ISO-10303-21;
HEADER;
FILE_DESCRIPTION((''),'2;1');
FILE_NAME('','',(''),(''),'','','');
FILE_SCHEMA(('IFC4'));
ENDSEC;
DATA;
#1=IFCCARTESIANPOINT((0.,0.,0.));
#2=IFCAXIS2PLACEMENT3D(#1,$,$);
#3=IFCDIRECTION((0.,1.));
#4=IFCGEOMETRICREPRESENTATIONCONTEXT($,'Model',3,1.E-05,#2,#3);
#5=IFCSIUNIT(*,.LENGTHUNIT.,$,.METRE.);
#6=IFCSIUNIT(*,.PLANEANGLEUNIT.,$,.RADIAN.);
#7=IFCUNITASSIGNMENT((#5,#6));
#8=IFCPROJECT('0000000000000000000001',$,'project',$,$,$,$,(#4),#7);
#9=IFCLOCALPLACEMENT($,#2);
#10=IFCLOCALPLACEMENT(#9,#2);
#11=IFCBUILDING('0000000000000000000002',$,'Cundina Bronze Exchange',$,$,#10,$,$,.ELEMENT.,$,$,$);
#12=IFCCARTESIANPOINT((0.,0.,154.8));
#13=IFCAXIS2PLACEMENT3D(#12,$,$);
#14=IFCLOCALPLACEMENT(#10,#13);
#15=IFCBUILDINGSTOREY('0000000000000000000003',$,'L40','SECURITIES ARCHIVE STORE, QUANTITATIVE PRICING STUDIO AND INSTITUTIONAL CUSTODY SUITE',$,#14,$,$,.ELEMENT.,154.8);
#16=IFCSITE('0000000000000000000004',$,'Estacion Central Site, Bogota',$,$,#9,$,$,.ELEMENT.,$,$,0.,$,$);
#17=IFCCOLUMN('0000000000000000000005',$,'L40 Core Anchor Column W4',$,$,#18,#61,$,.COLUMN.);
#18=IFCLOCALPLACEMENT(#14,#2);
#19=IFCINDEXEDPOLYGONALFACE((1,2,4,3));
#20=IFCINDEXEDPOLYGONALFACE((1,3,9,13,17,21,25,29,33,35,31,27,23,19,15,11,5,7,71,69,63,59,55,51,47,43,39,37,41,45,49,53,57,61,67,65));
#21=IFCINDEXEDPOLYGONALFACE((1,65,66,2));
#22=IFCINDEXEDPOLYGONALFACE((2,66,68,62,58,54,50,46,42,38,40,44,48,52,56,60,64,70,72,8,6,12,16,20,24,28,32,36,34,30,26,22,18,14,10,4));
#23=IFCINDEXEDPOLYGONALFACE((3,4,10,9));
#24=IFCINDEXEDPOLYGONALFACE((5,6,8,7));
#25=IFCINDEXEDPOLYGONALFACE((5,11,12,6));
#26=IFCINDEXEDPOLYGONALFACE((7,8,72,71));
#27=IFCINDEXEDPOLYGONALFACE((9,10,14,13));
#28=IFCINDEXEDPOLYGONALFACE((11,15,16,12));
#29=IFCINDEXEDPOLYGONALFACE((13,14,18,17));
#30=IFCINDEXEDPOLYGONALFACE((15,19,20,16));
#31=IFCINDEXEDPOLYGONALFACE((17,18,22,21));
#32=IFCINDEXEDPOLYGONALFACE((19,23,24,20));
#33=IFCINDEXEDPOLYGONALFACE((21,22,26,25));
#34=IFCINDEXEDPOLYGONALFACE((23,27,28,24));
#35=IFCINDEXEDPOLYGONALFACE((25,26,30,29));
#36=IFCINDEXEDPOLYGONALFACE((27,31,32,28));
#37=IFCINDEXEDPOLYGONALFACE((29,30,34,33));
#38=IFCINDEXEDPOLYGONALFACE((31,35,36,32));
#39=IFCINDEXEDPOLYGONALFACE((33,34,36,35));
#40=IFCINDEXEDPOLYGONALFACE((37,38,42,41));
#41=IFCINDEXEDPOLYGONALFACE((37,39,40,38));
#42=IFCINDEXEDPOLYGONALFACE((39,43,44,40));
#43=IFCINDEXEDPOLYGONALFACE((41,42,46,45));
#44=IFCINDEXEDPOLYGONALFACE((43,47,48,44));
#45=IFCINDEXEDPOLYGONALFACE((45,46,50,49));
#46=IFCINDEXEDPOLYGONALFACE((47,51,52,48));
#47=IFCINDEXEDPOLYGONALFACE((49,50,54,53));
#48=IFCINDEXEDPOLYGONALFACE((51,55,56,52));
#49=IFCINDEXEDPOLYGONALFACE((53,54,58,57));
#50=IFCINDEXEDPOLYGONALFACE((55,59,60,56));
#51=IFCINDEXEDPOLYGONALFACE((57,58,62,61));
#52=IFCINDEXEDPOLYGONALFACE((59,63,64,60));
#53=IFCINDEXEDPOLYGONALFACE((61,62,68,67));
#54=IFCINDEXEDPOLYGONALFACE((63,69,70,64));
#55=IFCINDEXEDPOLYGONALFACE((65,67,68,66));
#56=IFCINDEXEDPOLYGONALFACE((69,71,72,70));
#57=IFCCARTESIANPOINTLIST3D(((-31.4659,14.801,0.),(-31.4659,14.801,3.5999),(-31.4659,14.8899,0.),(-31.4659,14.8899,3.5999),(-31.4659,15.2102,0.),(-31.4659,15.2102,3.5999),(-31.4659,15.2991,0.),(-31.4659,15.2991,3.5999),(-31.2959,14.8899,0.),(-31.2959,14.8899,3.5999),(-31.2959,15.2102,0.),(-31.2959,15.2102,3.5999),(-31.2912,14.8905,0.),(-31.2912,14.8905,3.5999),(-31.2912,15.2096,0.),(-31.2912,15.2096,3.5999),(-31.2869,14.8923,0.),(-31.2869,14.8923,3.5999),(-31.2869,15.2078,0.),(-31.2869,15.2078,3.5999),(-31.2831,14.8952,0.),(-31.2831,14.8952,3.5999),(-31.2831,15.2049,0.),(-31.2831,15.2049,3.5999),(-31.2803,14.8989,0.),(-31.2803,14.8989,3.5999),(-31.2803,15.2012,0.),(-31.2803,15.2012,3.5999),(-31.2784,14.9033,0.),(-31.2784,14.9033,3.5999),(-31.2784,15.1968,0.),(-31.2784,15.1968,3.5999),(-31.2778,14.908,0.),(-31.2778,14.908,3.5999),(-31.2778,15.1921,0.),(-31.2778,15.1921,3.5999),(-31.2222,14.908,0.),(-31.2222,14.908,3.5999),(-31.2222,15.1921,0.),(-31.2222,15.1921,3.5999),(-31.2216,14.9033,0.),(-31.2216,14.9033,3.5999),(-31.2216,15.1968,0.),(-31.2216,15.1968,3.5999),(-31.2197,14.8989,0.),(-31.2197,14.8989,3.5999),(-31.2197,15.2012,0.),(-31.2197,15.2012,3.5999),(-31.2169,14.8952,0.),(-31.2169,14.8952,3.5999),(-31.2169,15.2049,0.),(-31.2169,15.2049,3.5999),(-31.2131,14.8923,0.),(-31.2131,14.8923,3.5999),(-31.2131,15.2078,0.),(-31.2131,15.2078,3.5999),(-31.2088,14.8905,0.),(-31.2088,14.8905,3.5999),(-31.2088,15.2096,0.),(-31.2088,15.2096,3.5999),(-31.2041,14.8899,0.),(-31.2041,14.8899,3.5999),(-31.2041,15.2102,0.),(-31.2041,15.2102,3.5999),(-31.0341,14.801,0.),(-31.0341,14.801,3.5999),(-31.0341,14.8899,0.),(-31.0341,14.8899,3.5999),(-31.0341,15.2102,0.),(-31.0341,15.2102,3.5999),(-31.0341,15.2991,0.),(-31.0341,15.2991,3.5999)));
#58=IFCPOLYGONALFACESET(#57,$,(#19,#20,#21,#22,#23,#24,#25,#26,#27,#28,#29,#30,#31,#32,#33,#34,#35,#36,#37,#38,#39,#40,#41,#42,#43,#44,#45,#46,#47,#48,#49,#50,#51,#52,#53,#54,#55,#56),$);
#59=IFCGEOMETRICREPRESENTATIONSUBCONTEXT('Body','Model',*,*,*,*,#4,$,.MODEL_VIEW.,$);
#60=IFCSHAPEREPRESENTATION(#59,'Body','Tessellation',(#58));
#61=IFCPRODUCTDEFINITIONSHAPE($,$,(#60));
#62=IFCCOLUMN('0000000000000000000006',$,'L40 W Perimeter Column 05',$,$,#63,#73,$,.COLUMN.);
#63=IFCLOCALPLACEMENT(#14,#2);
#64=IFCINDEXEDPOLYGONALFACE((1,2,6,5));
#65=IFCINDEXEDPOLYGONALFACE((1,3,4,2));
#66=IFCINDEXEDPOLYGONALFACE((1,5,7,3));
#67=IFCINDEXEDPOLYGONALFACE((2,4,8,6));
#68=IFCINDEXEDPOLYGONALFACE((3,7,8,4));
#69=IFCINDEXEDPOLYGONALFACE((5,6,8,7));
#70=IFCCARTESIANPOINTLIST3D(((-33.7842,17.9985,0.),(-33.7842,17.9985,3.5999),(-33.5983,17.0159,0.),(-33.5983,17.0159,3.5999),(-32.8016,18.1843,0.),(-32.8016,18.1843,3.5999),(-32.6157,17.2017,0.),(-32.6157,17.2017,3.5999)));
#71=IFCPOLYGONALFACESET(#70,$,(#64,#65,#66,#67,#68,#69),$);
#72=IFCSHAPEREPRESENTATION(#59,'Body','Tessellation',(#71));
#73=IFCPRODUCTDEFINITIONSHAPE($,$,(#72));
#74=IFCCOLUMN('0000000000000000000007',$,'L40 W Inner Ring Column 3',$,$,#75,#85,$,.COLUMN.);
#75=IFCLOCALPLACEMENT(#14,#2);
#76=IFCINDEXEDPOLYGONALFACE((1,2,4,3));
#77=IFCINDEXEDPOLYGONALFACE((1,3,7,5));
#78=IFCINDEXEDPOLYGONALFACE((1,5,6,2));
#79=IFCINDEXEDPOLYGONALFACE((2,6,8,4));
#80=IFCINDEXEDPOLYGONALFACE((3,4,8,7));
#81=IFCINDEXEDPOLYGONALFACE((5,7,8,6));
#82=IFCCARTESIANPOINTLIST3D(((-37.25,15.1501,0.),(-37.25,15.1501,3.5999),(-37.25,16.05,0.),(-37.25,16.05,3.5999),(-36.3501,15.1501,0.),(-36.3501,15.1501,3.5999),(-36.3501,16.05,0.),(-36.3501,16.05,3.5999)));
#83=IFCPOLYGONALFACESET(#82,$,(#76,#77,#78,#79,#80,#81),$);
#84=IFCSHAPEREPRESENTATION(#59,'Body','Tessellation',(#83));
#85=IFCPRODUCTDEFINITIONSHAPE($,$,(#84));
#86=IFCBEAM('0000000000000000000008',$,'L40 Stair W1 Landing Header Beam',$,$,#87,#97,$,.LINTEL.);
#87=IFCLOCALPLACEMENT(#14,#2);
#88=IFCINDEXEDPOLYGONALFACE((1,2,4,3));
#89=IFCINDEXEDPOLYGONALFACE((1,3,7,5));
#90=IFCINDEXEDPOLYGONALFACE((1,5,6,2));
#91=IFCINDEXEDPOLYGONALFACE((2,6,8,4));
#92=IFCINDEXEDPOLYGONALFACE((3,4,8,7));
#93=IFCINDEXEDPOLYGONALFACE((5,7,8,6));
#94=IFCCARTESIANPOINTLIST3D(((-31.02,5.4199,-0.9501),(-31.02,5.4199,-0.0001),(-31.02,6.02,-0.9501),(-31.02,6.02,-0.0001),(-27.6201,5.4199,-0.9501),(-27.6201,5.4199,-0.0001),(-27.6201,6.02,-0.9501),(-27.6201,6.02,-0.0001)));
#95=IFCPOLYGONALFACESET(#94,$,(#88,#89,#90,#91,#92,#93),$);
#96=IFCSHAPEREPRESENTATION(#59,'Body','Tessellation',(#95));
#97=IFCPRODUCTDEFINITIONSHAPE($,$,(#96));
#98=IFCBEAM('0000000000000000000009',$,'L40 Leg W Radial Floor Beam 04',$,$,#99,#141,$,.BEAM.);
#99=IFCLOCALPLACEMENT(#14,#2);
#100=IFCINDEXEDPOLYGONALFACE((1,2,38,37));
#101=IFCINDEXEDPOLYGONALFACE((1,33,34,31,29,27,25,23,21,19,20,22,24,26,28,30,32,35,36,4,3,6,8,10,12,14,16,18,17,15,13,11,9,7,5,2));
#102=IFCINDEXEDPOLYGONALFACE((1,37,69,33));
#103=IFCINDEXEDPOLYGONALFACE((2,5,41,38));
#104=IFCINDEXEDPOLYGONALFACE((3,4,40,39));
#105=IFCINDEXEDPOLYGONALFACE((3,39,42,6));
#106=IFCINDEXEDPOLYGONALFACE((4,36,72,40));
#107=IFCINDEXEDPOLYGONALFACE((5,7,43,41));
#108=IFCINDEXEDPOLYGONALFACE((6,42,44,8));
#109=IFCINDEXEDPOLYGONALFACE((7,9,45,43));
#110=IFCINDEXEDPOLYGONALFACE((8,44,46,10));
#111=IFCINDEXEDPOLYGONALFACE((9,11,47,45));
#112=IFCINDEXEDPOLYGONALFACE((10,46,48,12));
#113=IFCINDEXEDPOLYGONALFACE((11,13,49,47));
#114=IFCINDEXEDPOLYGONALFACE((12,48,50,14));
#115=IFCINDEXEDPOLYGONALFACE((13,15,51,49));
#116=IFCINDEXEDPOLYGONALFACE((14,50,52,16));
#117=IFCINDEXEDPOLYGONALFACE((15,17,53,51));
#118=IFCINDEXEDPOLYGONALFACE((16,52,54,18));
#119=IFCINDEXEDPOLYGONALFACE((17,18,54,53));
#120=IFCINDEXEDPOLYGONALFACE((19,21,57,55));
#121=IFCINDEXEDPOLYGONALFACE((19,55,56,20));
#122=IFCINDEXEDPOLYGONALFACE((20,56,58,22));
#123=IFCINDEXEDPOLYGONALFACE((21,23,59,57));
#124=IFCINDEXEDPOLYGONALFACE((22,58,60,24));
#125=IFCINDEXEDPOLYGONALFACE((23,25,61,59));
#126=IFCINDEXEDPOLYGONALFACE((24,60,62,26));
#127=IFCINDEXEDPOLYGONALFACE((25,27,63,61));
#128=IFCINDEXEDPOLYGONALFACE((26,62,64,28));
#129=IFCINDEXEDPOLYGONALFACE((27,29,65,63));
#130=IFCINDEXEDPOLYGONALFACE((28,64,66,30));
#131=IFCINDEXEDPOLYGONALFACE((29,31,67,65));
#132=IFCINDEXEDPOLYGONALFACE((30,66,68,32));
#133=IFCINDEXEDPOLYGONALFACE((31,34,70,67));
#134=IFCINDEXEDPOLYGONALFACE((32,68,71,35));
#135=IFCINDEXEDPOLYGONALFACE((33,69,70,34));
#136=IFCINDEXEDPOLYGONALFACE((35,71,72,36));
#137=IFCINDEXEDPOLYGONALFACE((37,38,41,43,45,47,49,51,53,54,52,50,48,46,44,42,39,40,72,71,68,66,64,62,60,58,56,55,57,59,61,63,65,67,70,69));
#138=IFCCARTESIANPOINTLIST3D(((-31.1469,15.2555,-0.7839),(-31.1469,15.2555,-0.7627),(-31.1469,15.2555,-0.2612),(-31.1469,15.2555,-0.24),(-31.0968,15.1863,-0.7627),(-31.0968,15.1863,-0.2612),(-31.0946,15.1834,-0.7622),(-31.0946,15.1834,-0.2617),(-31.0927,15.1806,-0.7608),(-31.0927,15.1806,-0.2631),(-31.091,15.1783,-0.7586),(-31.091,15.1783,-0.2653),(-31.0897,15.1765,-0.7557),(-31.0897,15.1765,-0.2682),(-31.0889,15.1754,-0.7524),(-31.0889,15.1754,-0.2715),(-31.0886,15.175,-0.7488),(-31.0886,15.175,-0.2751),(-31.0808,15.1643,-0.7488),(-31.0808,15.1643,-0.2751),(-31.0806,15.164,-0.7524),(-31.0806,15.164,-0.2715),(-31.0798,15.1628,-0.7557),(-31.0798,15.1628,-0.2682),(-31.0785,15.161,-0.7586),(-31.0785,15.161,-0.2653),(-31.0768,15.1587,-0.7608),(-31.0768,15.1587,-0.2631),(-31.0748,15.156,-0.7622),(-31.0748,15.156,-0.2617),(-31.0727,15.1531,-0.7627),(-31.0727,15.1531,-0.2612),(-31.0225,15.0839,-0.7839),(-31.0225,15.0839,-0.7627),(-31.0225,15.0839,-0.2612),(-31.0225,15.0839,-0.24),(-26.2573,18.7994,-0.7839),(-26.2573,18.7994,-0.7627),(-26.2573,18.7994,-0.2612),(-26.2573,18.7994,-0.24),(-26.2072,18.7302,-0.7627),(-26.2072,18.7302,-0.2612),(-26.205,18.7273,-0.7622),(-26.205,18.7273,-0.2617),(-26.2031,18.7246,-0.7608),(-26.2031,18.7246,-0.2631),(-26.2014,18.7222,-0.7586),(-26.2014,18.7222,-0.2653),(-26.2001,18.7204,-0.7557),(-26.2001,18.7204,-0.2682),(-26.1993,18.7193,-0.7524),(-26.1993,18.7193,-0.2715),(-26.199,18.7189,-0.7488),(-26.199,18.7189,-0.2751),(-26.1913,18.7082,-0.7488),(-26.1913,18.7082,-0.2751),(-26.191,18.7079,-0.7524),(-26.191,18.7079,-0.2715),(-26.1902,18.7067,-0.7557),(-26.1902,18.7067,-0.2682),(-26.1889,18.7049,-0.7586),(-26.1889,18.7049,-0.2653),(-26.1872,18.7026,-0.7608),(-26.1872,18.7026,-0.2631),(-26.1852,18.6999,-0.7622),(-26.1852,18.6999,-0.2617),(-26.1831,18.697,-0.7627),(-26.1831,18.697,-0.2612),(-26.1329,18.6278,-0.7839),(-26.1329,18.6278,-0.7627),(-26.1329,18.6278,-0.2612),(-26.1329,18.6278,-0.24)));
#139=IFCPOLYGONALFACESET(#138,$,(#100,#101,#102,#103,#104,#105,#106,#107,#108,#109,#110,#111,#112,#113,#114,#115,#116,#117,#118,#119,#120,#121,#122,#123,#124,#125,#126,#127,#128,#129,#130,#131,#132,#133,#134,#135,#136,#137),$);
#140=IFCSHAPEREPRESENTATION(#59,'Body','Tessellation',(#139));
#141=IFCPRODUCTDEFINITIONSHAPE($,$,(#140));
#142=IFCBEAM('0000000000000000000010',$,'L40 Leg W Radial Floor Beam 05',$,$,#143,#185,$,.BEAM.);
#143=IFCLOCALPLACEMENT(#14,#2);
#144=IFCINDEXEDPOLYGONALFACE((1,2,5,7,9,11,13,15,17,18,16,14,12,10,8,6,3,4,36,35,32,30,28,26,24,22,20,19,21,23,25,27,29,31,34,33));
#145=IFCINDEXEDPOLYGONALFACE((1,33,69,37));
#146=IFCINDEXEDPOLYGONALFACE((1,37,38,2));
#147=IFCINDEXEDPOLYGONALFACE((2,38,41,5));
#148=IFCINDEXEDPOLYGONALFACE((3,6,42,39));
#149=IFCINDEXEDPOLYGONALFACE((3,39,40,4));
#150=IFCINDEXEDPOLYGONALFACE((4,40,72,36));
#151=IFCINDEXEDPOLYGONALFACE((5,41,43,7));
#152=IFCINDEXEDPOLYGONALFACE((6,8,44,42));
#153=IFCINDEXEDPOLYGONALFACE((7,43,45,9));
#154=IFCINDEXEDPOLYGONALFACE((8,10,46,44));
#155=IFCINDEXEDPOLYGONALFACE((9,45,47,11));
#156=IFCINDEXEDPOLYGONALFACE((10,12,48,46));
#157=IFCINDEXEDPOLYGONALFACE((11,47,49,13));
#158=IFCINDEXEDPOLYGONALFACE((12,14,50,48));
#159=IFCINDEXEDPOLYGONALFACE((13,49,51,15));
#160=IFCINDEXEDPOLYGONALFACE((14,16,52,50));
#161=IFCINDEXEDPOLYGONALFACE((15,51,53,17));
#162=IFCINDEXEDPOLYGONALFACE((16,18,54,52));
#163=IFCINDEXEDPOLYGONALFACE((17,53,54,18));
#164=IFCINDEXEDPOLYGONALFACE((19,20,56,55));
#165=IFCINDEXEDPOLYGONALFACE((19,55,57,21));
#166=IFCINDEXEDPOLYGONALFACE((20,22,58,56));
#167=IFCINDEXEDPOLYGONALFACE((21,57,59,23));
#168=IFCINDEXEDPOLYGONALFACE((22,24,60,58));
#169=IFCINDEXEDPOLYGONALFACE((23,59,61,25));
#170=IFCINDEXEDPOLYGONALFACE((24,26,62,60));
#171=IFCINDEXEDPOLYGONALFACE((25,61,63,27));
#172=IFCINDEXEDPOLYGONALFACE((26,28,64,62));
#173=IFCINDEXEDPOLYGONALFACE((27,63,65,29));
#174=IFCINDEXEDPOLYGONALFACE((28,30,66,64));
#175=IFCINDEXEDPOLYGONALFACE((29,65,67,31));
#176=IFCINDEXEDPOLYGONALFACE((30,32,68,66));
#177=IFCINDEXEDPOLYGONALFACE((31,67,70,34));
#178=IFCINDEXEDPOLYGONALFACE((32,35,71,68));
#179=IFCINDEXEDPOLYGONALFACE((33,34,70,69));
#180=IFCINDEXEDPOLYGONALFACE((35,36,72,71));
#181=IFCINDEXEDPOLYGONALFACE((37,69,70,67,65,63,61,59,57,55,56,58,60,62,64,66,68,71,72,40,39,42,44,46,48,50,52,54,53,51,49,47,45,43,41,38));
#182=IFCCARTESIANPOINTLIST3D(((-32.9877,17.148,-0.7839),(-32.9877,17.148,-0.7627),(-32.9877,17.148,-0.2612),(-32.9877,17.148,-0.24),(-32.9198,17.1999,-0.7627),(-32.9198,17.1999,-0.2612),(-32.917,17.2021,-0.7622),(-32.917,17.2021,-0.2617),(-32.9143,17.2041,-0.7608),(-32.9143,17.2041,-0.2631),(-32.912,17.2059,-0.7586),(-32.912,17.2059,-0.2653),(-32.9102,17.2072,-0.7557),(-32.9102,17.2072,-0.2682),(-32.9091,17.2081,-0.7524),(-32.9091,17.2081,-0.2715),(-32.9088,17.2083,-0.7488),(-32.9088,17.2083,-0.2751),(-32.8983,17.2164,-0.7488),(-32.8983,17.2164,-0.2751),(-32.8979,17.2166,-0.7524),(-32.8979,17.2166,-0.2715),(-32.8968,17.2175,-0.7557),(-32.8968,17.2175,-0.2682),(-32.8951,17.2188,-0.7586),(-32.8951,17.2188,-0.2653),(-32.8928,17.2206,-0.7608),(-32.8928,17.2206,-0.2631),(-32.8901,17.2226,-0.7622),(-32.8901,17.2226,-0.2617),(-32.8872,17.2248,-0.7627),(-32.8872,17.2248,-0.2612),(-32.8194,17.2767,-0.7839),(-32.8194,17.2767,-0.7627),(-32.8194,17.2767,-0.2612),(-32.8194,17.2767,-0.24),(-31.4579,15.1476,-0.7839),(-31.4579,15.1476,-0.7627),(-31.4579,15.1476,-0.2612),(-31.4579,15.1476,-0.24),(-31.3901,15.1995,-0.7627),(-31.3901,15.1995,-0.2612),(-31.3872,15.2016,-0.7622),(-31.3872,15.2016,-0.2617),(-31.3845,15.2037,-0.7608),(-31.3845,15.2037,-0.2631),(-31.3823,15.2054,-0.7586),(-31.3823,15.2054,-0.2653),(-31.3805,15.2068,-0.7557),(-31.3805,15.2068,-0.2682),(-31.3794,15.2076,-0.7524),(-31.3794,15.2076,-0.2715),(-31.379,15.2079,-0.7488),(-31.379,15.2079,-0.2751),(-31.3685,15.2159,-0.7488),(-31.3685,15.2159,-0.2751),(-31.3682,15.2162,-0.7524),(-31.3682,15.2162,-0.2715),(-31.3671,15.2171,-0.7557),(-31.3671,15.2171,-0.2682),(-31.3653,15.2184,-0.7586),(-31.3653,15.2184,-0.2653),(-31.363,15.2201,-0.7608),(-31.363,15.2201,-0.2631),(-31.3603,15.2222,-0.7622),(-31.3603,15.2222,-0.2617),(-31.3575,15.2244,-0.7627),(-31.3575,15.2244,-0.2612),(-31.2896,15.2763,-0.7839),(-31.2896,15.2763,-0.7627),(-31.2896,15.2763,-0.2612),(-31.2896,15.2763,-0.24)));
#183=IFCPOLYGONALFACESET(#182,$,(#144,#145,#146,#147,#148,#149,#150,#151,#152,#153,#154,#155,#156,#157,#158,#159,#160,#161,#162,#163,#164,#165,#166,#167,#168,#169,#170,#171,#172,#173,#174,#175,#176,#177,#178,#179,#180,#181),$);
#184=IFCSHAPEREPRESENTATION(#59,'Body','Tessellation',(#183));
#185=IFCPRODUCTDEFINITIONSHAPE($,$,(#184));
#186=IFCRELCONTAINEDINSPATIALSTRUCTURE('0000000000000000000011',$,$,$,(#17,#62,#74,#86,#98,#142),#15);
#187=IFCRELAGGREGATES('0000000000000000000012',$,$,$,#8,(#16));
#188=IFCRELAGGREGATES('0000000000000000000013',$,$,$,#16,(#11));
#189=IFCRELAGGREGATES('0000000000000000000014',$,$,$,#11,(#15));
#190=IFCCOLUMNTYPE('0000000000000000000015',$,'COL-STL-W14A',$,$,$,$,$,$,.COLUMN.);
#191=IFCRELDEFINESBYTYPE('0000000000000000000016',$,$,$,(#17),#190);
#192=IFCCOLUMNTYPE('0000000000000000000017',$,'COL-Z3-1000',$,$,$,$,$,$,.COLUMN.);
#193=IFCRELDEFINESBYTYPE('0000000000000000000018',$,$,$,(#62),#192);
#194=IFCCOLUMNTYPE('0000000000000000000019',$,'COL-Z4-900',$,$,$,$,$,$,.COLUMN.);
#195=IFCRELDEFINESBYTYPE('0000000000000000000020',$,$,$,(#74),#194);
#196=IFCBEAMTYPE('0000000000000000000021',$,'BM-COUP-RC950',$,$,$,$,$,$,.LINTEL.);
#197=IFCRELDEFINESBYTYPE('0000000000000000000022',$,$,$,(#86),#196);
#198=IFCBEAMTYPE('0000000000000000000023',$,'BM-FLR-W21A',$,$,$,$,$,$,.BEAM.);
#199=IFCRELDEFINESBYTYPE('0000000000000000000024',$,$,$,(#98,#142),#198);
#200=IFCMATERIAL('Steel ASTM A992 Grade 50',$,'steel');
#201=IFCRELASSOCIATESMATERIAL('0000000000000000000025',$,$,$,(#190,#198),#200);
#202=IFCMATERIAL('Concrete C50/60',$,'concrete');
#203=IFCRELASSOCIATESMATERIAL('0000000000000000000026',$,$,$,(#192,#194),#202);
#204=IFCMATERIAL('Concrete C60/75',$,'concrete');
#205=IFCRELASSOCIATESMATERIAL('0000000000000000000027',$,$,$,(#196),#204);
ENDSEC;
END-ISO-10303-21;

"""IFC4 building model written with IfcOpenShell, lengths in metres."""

from ifc_helpers import new_model, si_unit, direction, frame, origin, origin_2d, place, context, subcontext, project, spatial, rectangle, i_section, extrude, material, material_profile, profile_set, type_object, element, save


model = new_model("IFC4")

# Units and contexts
model_context = context("Model", 3, precision=1e-05, world=origin(), true_north=direction((0.0, 1.0)))
body_context = subcontext(model_context, "Body", "Model", "MODEL_VIEW")
ifc_project = project(units=[si_unit("LENGTHUNIT", "METRE"), si_unit("PLANEANGLEUNIT", "RADIAN")], contexts=[model_context])

# Site, building, storey
site_placement = place(None, origin())
site = spatial("IfcSite", under=ifc_project, at=site_placement, Name="Estacion Central Site, Bogota", CompositionType="ELEMENT", RefElevation=0.0)
building_placement = place(site_placement, origin())
building = spatial("IfcBuilding", under=site, at=building_placement, Name="Cundina Bronze Exchange", CompositionType="ELEMENT")
storey_placement = place(building_placement, frame((0.0, 0.0, 154.8)))
storey = spatial("IfcBuildingStorey", under=building, at=storey_placement, Name="L40", Description="SECURITIES ARCHIVE STORE, QUANTITATIVE PRICING STUDIO AND INSTITUTIONAL CUSTODY SUITE", CompositionType="ELEMENT", Elevation=154.8)

# Columns
ifc_material_1 = material(Name="Steel ASTM A992 Grade 50", Category="steel")
ifc_material_profile_1 = material_profile(ifc_material_1, i_section(OverallWidth=0.4319, OverallDepth=0.498, WebThickness=0.0557, FlangeThickness=0.0889, FilletRadius=0.0181, at=origin_2d()), Name="W14X500", Category="steel")
ifc_profile_set_1 = profile_set([ifc_material_profile_1], Name="Steel ASTM A992 Grade 50")
column_type_1 = type_object("IfcColumnType", Name="COL-STL-W14A", PredefinedType="COLUMN", material=ifc_profile_set_1)
column_1_placement = place(storey_placement, frame((-31.25, 15.05, 0.0), z_axis=(0.0, 0.0, 1.0), x_axis=(1.0, 0.0, 0.0)))
element("IfcColumn", 1, at=column_1_placement, inside=storey, type_object=column_type_1, Name="L40 Core Anchor Column W4", PredefinedType="COLUMN", context=body_context, shape_type="SweptSolid", body=[
    extrude(i_section(OverallWidth=0.4319, OverallDepth=0.498, WebThickness=0.0557, FlangeThickness=0.0889, FilletRadius=0.0181, at=origin_2d()), origin(), (0.0, 0.0, 1.0), 3.5999),
])
ifc_material_2 = material(Name="Concrete C50/60", Category="concrete")
ifc_material_profile_2 = material_profile(ifc_material_2, rectangle(XDim=1.0, YDim=1.0, at=origin_2d()), Name="RC1000X1000", Category="concrete")
ifc_profile_set_2 = profile_set([ifc_material_profile_2], Name="Concrete C50/60")
column_type_2 = type_object("IfcColumnType", Name="COL-Z3-1000", PredefinedType="COLUMN", material=ifc_profile_set_2)
column_2_placement = place(storey_placement, frame((-33.2, 17.6001, 0.0), z_axis=(0.0, 0.0, 1.0), x_axis=(-0.98258, -0.185838, 0.0)))
element("IfcColumn", 2, at=column_2_placement, inside=storey, type_object=column_type_2, Name="L40 W Perimeter Column 05", PredefinedType="COLUMN", context=body_context, shape_type="SweptSolid", body=[
    extrude(rectangle(XDim=1.0, YDim=1.0, at=origin_2d()), origin(), (0.0, 0.0, 1.0), 3.5999),
])
ifc_material_profile_3 = material_profile(ifc_material_2, rectangle(XDim=0.8999, YDim=0.8999, at=origin_2d()), Name="RC900X900", Category="concrete")
ifc_profile_set_3 = profile_set([ifc_material_profile_3], Name="Concrete C50/60")
column_type_3 = type_object("IfcColumnType", Name="COL-Z4-900", PredefinedType="COLUMN", material=ifc_profile_set_3)
column_3_placement = place(storey_placement, frame((-36.8, 15.6001, 0.0), z_axis=(0.0, 0.0, 1.0), x_axis=(1.0, 0.0, 0.0)))
element("IfcColumn", 3, at=column_3_placement, inside=storey, type_object=column_type_3, Name="L40 W Inner Ring Column 3", PredefinedType="COLUMN", context=body_context, shape_type="SweptSolid", body=[
    extrude(rectangle(XDim=0.8999, YDim=0.8999, at=origin_2d()), origin(), (0.0, 0.0, 1.0), 3.5999),
])

# Beams
ifc_material_3 = material(Name="Concrete C60/75", Category="concrete")
ifc_material_profile_4 = material_profile(ifc_material_3, rectangle(XDim=0.6001, YDim=0.95, at=origin_2d()), Name="RC600X950", Category="concrete")
ifc_profile_set_4 = profile_set([ifc_material_profile_4], Name="Concrete C60/75")
beam_type_1 = type_object("IfcBeamType", Name="BM-COUP-RC950", PredefinedType="LINTEL", material=ifc_profile_set_4)
beam_1_placement = place(storey_placement, frame((-31.02, 5.72, -0.4751), z_axis=(1.0, 0.0, 0.0), x_axis=(0.0, 1.0, 0.0)))
element("IfcBeam", 4, at=beam_1_placement, inside=storey, type_object=beam_type_1, Name="L40 Stair W1 Landing Header Beam", PredefinedType="LINTEL", context=body_context, shape_type="SweptSolid", body=[
    extrude(rectangle(XDim=0.6001, YDim=0.95, at=origin_2d()), origin(), (0.0, 0.0, 1.0), 3.3999),
])
ifc_material_profile_5 = material_profile(ifc_material_1, i_section(OverallWidth=0.2119, OverallDepth=0.5439, WebThickness=0.0132, FlangeThickness=0.0212, FilletRadius=0.0139, at=origin_2d()), Name="W21X83", Category="steel")
ifc_profile_set_5 = profile_set([ifc_material_profile_5], Name="Steel ASTM A992 Grade 50")
beam_type_2 = type_object("IfcBeamType", Name="BM-FLR-W21A", PredefinedType="BEAM", material=ifc_profile_set_5)
beam_2_placement = place(storey_placement, frame((-31.0847, 15.1697, -0.512), z_axis=(0.809693, 0.586854, 0.0), x_axis=(-0.586854, 0.809693, 0.0)))
element("IfcBeam", 5, at=beam_2_placement, inside=storey, type_object=beam_type_2, Name="L40 Leg W Radial Floor Beam 04", PredefinedType="BEAM", context=body_context, shape_type="SweptSolid", body=[
    extrude(i_section(OverallWidth=0.2119, OverallDepth=0.5439, WebThickness=0.0132, FlangeThickness=0.0212, FilletRadius=0.0139, at=origin_2d()), origin(), (0.0, 0.0, 1.0), 6.0388),
])
beam_3_placement = place(storey_placement, frame((-31.3738, 15.2119, -0.512), z_axis=(-0.60745, 0.794358, 0.0), x_axis=(-0.794358, -0.60745, 0.0)))
element("IfcBeam", 6, at=beam_3_placement, inside=storey, type_object=beam_type_2, Name="L40 Leg W Radial Floor Beam 05", PredefinedType="BEAM", context=body_context, shape_type="SweptSolid", body=[
    extrude(i_section(OverallWidth=0.2119, OverallDepth=0.5439, WebThickness=0.0132, FlangeThickness=0.0212, FilletRadius=0.0139, at=origin_2d()), origin(), (0.0, 0.0, 1.0), 2.5183),
])

save(model, "model.ifc")
